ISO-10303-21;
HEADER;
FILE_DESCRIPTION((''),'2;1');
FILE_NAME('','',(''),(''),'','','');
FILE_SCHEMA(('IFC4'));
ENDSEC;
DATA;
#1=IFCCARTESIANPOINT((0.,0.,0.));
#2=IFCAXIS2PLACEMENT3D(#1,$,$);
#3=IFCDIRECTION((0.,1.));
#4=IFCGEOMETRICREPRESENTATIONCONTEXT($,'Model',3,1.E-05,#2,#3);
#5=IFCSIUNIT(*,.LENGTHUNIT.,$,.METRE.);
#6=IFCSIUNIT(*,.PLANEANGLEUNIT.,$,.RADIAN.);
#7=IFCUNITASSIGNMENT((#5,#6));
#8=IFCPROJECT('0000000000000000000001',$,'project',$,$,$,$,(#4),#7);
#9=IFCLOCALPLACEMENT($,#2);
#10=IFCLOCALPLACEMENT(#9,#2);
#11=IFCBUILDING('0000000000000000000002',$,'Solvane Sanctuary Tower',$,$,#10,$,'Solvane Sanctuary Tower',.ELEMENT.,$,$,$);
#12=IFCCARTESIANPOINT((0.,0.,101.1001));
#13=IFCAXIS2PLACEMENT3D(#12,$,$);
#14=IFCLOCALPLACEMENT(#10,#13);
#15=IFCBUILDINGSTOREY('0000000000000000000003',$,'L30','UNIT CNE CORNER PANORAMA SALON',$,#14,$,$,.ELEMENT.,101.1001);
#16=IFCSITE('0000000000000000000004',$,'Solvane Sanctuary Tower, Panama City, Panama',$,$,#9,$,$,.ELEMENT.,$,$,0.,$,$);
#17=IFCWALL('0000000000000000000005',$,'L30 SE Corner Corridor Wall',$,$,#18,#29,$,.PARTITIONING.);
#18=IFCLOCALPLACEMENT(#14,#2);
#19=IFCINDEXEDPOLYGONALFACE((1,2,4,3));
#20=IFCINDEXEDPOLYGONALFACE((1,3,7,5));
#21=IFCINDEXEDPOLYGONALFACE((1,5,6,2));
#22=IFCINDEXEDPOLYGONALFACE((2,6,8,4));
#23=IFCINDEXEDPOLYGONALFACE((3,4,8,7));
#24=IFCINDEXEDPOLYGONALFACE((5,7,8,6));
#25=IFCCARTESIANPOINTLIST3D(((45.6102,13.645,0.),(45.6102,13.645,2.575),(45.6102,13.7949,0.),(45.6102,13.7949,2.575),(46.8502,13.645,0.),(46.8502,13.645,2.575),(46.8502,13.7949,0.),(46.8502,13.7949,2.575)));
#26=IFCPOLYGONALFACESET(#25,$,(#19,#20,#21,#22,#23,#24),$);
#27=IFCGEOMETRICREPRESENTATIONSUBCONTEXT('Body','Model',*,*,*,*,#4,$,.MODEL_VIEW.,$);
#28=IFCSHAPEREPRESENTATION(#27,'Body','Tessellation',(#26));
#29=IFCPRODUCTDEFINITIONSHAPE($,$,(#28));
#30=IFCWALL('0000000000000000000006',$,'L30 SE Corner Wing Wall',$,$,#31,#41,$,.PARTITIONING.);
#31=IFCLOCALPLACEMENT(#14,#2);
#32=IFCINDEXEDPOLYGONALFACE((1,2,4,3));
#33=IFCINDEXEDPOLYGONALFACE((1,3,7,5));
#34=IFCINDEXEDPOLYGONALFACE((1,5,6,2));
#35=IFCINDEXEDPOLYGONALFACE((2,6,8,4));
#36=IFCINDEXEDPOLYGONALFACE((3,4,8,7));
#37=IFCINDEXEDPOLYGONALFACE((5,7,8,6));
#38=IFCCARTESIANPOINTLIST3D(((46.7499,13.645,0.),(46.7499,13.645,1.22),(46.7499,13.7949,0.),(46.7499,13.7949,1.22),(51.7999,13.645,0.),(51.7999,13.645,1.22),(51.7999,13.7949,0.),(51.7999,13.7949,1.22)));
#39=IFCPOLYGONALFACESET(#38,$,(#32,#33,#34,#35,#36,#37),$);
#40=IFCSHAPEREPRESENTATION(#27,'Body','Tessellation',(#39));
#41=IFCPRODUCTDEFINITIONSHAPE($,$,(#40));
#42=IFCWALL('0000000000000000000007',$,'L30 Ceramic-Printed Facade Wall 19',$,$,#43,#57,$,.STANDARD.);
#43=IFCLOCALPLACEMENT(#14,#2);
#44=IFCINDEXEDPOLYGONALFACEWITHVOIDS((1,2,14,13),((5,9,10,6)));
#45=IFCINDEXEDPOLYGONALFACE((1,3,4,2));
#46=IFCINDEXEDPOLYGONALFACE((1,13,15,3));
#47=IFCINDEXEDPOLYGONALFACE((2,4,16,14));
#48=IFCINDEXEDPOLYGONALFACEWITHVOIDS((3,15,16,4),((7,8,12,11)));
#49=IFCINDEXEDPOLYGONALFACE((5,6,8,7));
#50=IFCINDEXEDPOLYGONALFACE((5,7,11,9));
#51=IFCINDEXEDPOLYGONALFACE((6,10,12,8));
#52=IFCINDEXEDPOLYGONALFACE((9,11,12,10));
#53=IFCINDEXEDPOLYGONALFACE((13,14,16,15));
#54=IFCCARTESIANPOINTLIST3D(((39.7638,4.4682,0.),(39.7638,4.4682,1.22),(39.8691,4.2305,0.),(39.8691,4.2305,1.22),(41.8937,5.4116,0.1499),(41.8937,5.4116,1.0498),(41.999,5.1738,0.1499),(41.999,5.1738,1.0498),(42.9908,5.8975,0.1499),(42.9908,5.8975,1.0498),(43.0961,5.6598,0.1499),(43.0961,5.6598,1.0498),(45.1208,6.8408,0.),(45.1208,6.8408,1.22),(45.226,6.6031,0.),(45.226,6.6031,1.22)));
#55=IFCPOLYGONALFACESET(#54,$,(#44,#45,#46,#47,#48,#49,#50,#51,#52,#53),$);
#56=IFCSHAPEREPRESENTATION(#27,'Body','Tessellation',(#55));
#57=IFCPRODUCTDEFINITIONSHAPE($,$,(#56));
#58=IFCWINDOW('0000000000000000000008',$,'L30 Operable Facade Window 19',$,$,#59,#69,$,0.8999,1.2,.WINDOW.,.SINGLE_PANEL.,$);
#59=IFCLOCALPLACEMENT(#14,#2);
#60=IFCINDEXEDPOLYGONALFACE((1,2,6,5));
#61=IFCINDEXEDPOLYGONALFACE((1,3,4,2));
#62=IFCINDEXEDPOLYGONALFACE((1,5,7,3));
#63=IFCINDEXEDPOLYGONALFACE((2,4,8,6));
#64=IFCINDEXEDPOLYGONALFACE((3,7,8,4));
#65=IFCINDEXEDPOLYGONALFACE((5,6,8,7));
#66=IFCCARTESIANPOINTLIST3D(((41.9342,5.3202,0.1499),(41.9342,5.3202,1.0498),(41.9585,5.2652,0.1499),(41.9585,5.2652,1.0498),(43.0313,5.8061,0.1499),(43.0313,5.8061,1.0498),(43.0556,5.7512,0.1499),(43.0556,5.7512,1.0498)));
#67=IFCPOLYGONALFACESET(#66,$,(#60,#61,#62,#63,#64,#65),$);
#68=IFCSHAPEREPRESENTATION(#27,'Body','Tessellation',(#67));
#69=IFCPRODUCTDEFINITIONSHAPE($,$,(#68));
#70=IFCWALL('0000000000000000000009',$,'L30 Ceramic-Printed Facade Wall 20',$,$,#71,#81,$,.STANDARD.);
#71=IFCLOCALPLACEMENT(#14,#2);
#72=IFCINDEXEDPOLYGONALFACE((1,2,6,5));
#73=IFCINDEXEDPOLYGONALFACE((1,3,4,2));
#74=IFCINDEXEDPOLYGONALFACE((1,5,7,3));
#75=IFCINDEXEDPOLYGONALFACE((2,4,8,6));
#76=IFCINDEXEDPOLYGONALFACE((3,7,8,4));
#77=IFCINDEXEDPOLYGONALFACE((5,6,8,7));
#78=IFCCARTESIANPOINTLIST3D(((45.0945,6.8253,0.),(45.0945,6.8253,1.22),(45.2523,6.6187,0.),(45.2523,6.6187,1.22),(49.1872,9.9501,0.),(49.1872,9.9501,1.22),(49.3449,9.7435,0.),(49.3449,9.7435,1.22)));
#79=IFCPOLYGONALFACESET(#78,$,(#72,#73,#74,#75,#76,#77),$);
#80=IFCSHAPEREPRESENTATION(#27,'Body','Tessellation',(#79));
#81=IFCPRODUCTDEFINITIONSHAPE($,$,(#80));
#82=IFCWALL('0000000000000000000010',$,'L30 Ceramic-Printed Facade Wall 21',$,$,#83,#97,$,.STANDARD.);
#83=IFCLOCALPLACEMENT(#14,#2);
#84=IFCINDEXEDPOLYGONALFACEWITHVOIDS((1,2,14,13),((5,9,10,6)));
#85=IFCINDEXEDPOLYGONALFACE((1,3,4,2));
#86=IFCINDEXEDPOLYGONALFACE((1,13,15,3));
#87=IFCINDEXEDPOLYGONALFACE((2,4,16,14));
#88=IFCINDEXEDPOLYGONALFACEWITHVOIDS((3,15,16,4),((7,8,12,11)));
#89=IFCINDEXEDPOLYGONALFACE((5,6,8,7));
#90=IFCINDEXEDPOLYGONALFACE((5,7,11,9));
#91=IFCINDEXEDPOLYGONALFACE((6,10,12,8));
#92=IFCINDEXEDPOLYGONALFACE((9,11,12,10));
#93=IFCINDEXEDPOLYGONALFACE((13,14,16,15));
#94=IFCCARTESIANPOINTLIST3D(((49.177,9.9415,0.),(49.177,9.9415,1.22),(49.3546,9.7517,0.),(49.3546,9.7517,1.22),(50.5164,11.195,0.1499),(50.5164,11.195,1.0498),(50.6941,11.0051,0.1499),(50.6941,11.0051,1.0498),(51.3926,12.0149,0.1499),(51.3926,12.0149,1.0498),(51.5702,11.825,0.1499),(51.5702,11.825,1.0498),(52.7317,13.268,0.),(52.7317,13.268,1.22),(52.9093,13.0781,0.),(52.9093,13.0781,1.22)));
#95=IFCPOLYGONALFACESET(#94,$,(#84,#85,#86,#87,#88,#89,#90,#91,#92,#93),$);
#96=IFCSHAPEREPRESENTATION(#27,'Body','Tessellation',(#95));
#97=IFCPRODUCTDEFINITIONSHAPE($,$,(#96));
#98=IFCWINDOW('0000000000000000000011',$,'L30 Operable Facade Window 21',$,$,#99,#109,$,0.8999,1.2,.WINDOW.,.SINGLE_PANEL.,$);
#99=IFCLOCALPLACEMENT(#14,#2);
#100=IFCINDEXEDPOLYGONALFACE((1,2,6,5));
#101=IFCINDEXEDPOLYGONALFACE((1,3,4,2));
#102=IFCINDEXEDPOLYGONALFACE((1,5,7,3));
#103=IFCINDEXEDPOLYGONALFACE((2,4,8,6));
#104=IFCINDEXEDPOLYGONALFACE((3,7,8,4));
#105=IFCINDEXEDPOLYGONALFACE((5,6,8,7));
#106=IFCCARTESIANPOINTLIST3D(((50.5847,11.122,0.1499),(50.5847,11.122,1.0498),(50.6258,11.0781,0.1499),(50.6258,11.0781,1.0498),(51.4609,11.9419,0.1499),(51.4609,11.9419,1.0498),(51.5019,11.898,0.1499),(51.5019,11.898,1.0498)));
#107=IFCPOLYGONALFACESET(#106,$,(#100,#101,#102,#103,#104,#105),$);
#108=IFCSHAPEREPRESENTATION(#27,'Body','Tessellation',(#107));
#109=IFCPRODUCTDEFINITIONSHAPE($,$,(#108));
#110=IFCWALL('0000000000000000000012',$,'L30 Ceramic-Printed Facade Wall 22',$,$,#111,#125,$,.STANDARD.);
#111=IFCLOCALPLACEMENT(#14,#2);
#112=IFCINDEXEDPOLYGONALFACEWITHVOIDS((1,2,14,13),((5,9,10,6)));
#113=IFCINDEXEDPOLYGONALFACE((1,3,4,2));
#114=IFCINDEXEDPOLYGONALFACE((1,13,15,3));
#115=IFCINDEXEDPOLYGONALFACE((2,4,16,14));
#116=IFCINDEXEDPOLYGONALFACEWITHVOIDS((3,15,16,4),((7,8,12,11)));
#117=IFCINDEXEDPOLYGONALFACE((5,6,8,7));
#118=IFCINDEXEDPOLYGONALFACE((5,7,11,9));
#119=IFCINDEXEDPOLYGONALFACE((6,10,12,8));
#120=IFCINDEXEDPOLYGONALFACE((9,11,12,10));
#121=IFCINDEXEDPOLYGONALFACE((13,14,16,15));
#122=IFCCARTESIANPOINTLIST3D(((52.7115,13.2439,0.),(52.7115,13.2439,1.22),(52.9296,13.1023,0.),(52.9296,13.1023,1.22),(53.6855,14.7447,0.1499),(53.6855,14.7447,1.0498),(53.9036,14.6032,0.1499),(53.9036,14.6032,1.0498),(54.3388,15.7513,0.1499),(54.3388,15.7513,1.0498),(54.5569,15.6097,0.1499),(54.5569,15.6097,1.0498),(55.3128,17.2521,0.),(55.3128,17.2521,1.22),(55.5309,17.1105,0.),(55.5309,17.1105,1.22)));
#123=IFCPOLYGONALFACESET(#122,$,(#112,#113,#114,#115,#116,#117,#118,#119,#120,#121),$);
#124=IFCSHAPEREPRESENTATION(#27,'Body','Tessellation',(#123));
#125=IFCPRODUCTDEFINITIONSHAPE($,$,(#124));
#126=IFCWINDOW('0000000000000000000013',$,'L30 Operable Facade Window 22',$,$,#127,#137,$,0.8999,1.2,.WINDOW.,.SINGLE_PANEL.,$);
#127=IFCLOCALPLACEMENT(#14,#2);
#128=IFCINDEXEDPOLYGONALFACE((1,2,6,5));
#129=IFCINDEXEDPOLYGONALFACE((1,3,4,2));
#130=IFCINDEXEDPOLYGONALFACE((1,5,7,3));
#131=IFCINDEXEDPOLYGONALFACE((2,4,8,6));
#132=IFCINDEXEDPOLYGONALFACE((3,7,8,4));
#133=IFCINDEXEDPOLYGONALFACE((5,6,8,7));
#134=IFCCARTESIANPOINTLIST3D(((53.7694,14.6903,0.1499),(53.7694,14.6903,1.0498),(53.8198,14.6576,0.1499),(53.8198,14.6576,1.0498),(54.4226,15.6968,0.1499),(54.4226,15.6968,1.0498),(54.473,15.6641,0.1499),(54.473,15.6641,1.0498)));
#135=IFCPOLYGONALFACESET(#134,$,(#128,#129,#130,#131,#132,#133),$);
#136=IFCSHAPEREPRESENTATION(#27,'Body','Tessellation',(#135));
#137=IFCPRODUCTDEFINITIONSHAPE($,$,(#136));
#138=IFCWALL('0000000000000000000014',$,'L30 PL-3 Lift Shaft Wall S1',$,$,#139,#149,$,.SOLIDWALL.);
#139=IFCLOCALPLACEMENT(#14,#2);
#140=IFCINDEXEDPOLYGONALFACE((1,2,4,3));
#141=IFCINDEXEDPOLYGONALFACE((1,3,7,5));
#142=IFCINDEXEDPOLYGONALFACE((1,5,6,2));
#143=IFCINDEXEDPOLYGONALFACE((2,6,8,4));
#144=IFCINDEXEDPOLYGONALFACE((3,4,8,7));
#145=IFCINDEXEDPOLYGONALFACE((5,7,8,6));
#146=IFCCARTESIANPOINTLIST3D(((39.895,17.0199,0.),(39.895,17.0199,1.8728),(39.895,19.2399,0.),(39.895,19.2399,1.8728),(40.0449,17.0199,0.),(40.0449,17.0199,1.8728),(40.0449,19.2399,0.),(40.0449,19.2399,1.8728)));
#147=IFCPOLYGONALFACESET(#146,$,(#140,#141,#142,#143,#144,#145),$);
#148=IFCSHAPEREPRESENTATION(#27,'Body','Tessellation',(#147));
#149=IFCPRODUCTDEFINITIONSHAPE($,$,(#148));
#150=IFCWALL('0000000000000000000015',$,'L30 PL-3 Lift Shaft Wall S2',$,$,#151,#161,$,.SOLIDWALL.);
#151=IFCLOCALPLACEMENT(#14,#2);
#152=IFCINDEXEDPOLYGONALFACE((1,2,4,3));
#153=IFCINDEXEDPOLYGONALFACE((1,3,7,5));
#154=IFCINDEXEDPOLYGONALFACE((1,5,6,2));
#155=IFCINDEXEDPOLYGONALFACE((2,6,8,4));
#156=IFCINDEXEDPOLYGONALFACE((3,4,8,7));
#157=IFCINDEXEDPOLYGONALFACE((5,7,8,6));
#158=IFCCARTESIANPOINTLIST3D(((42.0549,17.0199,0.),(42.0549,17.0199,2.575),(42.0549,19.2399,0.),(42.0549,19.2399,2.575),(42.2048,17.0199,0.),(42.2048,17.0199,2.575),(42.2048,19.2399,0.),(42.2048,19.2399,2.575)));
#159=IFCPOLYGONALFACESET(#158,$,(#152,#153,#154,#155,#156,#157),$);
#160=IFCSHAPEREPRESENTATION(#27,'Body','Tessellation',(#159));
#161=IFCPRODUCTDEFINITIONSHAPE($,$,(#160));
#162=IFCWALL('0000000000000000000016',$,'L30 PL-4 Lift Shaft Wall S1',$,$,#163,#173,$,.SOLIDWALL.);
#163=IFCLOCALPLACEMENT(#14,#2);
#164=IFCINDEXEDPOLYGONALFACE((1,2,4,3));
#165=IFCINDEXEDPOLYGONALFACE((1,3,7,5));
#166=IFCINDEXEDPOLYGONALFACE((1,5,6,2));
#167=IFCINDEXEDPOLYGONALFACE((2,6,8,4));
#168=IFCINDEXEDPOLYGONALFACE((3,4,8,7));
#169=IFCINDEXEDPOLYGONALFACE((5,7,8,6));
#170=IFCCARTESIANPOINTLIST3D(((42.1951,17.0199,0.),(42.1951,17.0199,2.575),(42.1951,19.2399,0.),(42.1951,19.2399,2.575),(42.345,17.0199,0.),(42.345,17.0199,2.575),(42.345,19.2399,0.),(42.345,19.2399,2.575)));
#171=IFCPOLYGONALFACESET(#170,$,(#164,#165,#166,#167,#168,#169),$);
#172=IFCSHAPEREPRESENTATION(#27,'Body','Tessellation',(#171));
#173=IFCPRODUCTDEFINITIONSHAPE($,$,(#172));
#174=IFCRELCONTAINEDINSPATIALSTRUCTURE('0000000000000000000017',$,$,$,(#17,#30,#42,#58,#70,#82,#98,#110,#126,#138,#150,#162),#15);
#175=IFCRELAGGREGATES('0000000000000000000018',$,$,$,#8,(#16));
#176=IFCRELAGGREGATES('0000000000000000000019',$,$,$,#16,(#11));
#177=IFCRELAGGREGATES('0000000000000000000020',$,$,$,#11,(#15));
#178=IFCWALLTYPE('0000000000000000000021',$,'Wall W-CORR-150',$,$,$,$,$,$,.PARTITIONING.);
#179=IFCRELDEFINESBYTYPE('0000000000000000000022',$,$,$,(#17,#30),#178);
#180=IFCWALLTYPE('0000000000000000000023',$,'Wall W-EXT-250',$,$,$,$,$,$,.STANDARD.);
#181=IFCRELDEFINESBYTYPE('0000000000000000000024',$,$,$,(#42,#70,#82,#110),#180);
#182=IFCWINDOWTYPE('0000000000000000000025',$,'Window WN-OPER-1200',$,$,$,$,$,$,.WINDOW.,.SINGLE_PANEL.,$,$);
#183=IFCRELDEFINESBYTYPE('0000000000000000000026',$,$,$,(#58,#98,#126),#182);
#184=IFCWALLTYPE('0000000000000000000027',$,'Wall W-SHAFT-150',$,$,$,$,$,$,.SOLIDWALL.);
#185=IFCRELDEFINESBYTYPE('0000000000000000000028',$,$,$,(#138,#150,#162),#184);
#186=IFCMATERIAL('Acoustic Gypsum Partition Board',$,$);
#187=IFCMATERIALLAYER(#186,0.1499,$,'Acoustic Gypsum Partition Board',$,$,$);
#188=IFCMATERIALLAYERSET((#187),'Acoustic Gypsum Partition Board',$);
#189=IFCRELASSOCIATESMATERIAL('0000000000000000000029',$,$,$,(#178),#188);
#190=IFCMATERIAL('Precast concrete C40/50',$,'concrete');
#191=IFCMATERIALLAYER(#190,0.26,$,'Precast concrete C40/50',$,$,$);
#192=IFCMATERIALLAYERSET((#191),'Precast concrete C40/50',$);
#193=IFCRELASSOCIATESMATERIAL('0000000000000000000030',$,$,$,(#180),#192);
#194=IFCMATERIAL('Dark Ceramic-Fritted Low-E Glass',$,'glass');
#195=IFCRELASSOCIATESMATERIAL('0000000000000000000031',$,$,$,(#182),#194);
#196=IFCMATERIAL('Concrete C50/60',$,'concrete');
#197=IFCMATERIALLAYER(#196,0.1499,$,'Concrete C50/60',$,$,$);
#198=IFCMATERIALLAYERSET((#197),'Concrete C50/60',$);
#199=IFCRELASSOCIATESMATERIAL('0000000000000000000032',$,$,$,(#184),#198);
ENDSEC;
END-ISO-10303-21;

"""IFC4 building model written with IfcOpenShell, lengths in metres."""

from ifc_helpers import new_model, si_unit, direction, frame, frame_2d, origin, place, context, subcontext, project, spatial, rectangle, extrude, material, layer, layer_set, type_object, element, fill, save


model = new_model("IFC4")

# Units and contexts
model_context = context("Model", 3, precision=1e-05, world=origin(), true_north=direction((0.0, 1.0)))
body_context = subcontext(model_context, "Body", "Model", "MODEL_VIEW")
ifc_project = project(units=[si_unit("LENGTHUNIT", "METRE"), si_unit("PLANEANGLEUNIT", "RADIAN")], contexts=[model_context])

# Site, building, storey
site_placement = place(None, origin())
site = spatial("IfcSite", under=ifc_project, at=site_placement, Name="Solvane Sanctuary Tower, Panama City, Panama", CompositionType="ELEMENT", RefElevation=0.0)
building_placement = place(site_placement, origin())
building = spatial("IfcBuilding", under=site, at=building_placement, Name="Solvane Sanctuary Tower", LongName="Solvane Sanctuary Tower", CompositionType="ELEMENT")
storey_placement = place(building_placement, frame((0.0, 0.0, 101.1001)))
storey = spatial("IfcBuildingStorey", under=building, at=storey_placement, Name="L30", Description="UNIT CNE CORNER PANORAMA SALON", CompositionType="ELEMENT", Elevation=101.1001)

# Shared definitions
ifc_material_1 = material(Name="Acoustic Gypsum Partition Board")
ifc_layer_1 = layer(ifc_material_1, 0.1499, Name="Acoustic Gypsum Partition Board")
ifc_layer_set_1 = layer_set([ifc_layer_1], Name="Acoustic Gypsum Partition Board")
wall_type_1 = type_object("IfcWallType", Name="Wall W-CORR-150", PredefinedType="PARTITIONING", material=ifc_layer_set_1)

# Walls
wall_1_placement = place(storey_placement, frame((45.6101, 13.72, 0.0), z_axis=(0.0, 0.0, 1.0), x_axis=(1.0, 0.0, 0.0)))
element("IfcWall", 1, at=wall_1_placement, inside=storey, type_object=wall_type_1, Name="L30 SE Corner Corridor Wall", PredefinedType="PARTITIONING", context=body_context, shape_type="SweptSolid", body=[
    extrude(rectangle(XDim=1.24, YDim=0.1499, at=frame_2d((0.6201, 0.0))), origin(), (0.0, 0.0, 1.0), 2.575),
])
wall_2_placement = place(storey_placement, frame((46.75, 13.72, 0.0), z_axis=(0.0, 0.0, 1.0), x_axis=(1.0, 0.0, 0.0)))
element("IfcWall", 2, at=wall_2_placement, inside=storey, type_object=wall_type_1, Name="L30 SE Corner Wing Wall", PredefinedType="PARTITIONING", context=body_context, shape_type="SweptSolid", body=[
    extrude(rectangle(XDim=5.05, YDim=0.1499, at=frame_2d((2.5249, 0.0))), origin(), (0.0, 0.0, 1.0), 1.22),
])

# Wall, opening, window
ifc_material_2 = material(Name="Precast concrete C40/50", Category="concrete")
ifc_layer_2 = layer(ifc_material_2, 0.26, Name="Precast concrete C40/50")
ifc_layer_set_2 = layer_set([ifc_layer_2], Name="Precast concrete C40/50")
wall_type_2 = type_object("IfcWallType", Name="Wall W-EXT-250", PredefinedType="STANDARD", material=ifc_layer_set_2)
wall_3_placement = place(storey_placement, frame((39.8164, 4.3494, 0.0), z_axis=(0.0, 0.0, 1.0), x_axis=(0.914337, 0.404955, 0.0)))
wall_3 = element("IfcWall", 3, at=wall_3_placement, inside=storey, type_object=wall_type_2, Name="L30 Ceramic-Printed Facade Wall 19", PredefinedType="STANDARD", context=body_context, shape_type="SweptSolid", body=[
    extrude(rectangle(XDim=5.8589, YDim=0.26, at=frame_2d((2.9294, 0.0))), origin(), (0.0, 0.0, 1.0), 1.22),
])
opening_1_placement = place(wall_3_placement, frame((2.3293, 0.0, 0.1499)))
opening_1 = element("IfcOpeningElement", 4, at=opening_1_placement, cuts=wall_3, PredefinedType="OPENING", context=body_context, shape_type="SweptSolid", body=[
    extrude(rectangle(XDim=1.2, YDim=0.8999, at=frame_2d((0.6001, 0.45))), frame((0.0, 0.1399, 0.0), z_axis=(0.0, -1.0, 0.0), x_axis=(1.0, 0.0, 0.0)), (0.0, 0.0, 1.0), 0.28),
])
ifc_material_3 = material(Name="Dark Ceramic-Fritted Low-E Glass", Category="glass")
window_type = type_object("IfcWindowType", Name="Window WN-OPER-1200", PartitioningType="SINGLE_PANEL", PredefinedType="WINDOW", material=ifc_material_3)
window_1_placement = place(opening_1_placement, origin())
window_1 = element("IfcWindow", 5, at=window_1_placement, inside=storey, type_object=window_type, Name="L30 Operable Facade Window 19", OverallHeight=0.8999, OverallWidth=1.2, PartitioningType="SINGLE_PANEL", PredefinedType="WINDOW", context=body_context, shape_type="SweptSolid", body=[
    extrude(rectangle(XDim=1.2, YDim=0.8999, at=frame_2d((0.6001, 0.45))), frame((0.0, 0.03, 0.0), z_axis=(0.0, -1.0, 0.0), x_axis=(1.0, 0.0, 0.0)), (0.0, 0.0, 1.0), 0.0601),
])
fill(opening_1, window_1)

# Wall
wall_4_placement = place(storey_placement, frame((45.1733, 6.7219, 0.0), z_axis=(0.0, 0.0, 1.0), x_axis=(0.79481, 0.606859, 0.0)))
element("IfcWall", 6, at=wall_4_placement, inside=storey, type_object=wall_type_2, Name="L30 Ceramic-Printed Facade Wall 20", PredefinedType="STANDARD", context=body_context, shape_type="SweptSolid", body=[
    extrude(rectangle(XDim=5.1492, YDim=0.26, at=frame_2d((2.5747, 0.0))), origin(), (0.0, 0.0, 1.0), 1.22),
])

# Walls, openings, windows
wall_5_placement = place(storey_placement, frame((49.2659, 9.8467, 0.0), z_axis=(0.0, 0.0, 1.0), x_axis=(0.730162, 0.683274, 0.0)))
wall_5 = element("IfcWall", 7, at=wall_5_placement, inside=storey, type_object=wall_type_2, Name="L30 Ceramic-Printed Facade Wall 21", PredefinedType="STANDARD", context=body_context, shape_type="SweptSolid", body=[
    extrude(rectangle(XDim=4.8684, YDim=0.26, at=frame_2d((2.4341, 0.0))), origin(), (0.0, 0.0, 1.0), 1.22),
])
opening_2_placement = place(wall_5_placement, frame((1.8342, 0.0, 0.1499)))
opening_2 = element("IfcOpeningElement", 8, at=opening_2_placement, cuts=wall_5, PredefinedType="OPENING", context=body_context, shape_type="SweptSolid", body=[
    extrude(rectangle(XDim=1.2, YDim=0.8999, at=frame_2d((0.6001, 0.45))), frame((0.0, 0.1399, 0.0), z_axis=(0.0, -1.0, 0.0), x_axis=(1.0, 0.0, 0.0)), (0.0, 0.0, 1.0), 0.28),
])
window_2_placement = place(opening_2_placement, origin())
window_2 = element("IfcWindow", 9, at=window_2_placement, inside=storey, type_object=window_type, Name="L30 Operable Facade Window 21", OverallHeight=0.8999, OverallWidth=1.2, PartitioningType="SINGLE_PANEL", PredefinedType="WINDOW", context=body_context, shape_type="SweptSolid", body=[
    extrude(rectangle(XDim=1.2, YDim=0.8999, at=frame_2d((0.6001, 0.45))), frame((0.0, 0.03, 0.0), z_axis=(0.0, -1.0, 0.0), x_axis=(1.0, 0.0, 0.0)), (0.0, 0.0, 1.0), 0.0601),
])
fill(opening_2, window_2)
wall_6_placement = place(storey_placement, frame((52.8206, 13.1731, 0.0), z_axis=(0.0, 0.0, 1.0), x_axis=(0.544388, 0.838833, 0.0)))
wall_6 = element("IfcWall", 10, at=wall_6_placement, inside=storey, type_object=wall_type_2, Name="L30 Ceramic-Printed Facade Wall 22", PredefinedType="STANDARD", context=body_context, shape_type="SweptSolid", body=[
    extrude(rectangle(XDim=4.7783, YDim=0.26, at=frame_2d((2.3892, 0.0))), origin(), (0.0, 0.0, 1.0), 1.22),
])
opening_3_placement = place(wall_6_placement, frame((1.7891, 0.0, 0.1499)))
opening_3 = element("IfcOpeningElement", 11, at=opening_3_placement, cuts=wall_6, PredefinedType="OPENING", context=body_context, shape_type="SweptSolid", body=[
    extrude(rectangle(XDim=1.2, YDim=0.8999, at=frame_2d((0.6001, 0.45))), frame((0.0, 0.1399, 0.0), z_axis=(0.0, -1.0, 0.0), x_axis=(1.0, 0.0, 0.0)), (0.0, 0.0, 1.0), 0.28),
])
window_3_placement = place(opening_3_placement, origin())
window_3 = element("IfcWindow", 12, at=window_3_placement, inside=storey, type_object=window_type, Name="L30 Operable Facade Window 22", OverallHeight=0.8999, OverallWidth=1.2, PartitioningType="SINGLE_PANEL", PredefinedType="WINDOW", context=body_context, shape_type="SweptSolid", body=[
    extrude(rectangle(XDim=1.2, YDim=0.8999, at=frame_2d((0.6001, 0.45))), frame((0.0, 0.03, 0.0), z_axis=(0.0, -1.0, 0.0), x_axis=(1.0, 0.0, 0.0)), (0.0, 0.0, 1.0), 0.0601),
])
fill(opening_3, window_3)

# Walls
ifc_material_4 = material(Name="Concrete C50/60", Category="concrete")
ifc_layer_3 = layer(ifc_material_4, 0.1499, Name="Concrete C50/60")
ifc_layer_set_3 = layer_set([ifc_layer_3], Name="Concrete C50/60")
wall_type_3 = type_object("IfcWallType", Name="Wall W-SHAFT-150", PredefinedType="SOLIDWALL", material=ifc_layer_set_3)
wall_7_placement = place(storey_placement, frame((39.97, 17.02, 0.0), z_axis=(0.0, 0.0, 1.0), x_axis=(0.0, 1.0, 0.0)))
element("IfcWall", 13, at=wall_7_placement, inside=storey, type_object=wall_type_3, Name="L30 PL-3 Lift Shaft Wall S1", PredefinedType="SOLIDWALL", context=body_context, shape_type="SweptSolid", body=[
    extrude(rectangle(XDim=2.22, YDim=0.1499, at=frame_2d((1.1099, 0.0))), origin(), (0.0, 0.0, 1.0), 1.8728),
])
for number, where, z_axis, x_axis, name in (
    (14, (42.1299, 17.02, 0.0), (0.0, 0.0, 1.0), (0.0, 1.0, 0.0), "L30 PL-3 Lift Shaft Wall S2"),
    (15, (42.27, 17.02, 0.0), (0.0, 0.0, 1.0), (0.0, 1.0, 0.0), "L30 PL-4 Lift Shaft Wall S1"),
):
    element("IfcWall", number, at=place(storey_placement, frame(where, z_axis=z_axis, x_axis=x_axis)), inside=storey, type_object=wall_type_3, Name=name, PredefinedType="SOLIDWALL", context=body_context, shape_type="SweptSolid", body=[
        extrude(rectangle(XDim=2.22, YDim=0.1499, at=frame_2d((1.1099, 0.0))), origin(), (0.0, 0.0, 1.0), 2.575),
    ])

save(model, "model.ifc")
